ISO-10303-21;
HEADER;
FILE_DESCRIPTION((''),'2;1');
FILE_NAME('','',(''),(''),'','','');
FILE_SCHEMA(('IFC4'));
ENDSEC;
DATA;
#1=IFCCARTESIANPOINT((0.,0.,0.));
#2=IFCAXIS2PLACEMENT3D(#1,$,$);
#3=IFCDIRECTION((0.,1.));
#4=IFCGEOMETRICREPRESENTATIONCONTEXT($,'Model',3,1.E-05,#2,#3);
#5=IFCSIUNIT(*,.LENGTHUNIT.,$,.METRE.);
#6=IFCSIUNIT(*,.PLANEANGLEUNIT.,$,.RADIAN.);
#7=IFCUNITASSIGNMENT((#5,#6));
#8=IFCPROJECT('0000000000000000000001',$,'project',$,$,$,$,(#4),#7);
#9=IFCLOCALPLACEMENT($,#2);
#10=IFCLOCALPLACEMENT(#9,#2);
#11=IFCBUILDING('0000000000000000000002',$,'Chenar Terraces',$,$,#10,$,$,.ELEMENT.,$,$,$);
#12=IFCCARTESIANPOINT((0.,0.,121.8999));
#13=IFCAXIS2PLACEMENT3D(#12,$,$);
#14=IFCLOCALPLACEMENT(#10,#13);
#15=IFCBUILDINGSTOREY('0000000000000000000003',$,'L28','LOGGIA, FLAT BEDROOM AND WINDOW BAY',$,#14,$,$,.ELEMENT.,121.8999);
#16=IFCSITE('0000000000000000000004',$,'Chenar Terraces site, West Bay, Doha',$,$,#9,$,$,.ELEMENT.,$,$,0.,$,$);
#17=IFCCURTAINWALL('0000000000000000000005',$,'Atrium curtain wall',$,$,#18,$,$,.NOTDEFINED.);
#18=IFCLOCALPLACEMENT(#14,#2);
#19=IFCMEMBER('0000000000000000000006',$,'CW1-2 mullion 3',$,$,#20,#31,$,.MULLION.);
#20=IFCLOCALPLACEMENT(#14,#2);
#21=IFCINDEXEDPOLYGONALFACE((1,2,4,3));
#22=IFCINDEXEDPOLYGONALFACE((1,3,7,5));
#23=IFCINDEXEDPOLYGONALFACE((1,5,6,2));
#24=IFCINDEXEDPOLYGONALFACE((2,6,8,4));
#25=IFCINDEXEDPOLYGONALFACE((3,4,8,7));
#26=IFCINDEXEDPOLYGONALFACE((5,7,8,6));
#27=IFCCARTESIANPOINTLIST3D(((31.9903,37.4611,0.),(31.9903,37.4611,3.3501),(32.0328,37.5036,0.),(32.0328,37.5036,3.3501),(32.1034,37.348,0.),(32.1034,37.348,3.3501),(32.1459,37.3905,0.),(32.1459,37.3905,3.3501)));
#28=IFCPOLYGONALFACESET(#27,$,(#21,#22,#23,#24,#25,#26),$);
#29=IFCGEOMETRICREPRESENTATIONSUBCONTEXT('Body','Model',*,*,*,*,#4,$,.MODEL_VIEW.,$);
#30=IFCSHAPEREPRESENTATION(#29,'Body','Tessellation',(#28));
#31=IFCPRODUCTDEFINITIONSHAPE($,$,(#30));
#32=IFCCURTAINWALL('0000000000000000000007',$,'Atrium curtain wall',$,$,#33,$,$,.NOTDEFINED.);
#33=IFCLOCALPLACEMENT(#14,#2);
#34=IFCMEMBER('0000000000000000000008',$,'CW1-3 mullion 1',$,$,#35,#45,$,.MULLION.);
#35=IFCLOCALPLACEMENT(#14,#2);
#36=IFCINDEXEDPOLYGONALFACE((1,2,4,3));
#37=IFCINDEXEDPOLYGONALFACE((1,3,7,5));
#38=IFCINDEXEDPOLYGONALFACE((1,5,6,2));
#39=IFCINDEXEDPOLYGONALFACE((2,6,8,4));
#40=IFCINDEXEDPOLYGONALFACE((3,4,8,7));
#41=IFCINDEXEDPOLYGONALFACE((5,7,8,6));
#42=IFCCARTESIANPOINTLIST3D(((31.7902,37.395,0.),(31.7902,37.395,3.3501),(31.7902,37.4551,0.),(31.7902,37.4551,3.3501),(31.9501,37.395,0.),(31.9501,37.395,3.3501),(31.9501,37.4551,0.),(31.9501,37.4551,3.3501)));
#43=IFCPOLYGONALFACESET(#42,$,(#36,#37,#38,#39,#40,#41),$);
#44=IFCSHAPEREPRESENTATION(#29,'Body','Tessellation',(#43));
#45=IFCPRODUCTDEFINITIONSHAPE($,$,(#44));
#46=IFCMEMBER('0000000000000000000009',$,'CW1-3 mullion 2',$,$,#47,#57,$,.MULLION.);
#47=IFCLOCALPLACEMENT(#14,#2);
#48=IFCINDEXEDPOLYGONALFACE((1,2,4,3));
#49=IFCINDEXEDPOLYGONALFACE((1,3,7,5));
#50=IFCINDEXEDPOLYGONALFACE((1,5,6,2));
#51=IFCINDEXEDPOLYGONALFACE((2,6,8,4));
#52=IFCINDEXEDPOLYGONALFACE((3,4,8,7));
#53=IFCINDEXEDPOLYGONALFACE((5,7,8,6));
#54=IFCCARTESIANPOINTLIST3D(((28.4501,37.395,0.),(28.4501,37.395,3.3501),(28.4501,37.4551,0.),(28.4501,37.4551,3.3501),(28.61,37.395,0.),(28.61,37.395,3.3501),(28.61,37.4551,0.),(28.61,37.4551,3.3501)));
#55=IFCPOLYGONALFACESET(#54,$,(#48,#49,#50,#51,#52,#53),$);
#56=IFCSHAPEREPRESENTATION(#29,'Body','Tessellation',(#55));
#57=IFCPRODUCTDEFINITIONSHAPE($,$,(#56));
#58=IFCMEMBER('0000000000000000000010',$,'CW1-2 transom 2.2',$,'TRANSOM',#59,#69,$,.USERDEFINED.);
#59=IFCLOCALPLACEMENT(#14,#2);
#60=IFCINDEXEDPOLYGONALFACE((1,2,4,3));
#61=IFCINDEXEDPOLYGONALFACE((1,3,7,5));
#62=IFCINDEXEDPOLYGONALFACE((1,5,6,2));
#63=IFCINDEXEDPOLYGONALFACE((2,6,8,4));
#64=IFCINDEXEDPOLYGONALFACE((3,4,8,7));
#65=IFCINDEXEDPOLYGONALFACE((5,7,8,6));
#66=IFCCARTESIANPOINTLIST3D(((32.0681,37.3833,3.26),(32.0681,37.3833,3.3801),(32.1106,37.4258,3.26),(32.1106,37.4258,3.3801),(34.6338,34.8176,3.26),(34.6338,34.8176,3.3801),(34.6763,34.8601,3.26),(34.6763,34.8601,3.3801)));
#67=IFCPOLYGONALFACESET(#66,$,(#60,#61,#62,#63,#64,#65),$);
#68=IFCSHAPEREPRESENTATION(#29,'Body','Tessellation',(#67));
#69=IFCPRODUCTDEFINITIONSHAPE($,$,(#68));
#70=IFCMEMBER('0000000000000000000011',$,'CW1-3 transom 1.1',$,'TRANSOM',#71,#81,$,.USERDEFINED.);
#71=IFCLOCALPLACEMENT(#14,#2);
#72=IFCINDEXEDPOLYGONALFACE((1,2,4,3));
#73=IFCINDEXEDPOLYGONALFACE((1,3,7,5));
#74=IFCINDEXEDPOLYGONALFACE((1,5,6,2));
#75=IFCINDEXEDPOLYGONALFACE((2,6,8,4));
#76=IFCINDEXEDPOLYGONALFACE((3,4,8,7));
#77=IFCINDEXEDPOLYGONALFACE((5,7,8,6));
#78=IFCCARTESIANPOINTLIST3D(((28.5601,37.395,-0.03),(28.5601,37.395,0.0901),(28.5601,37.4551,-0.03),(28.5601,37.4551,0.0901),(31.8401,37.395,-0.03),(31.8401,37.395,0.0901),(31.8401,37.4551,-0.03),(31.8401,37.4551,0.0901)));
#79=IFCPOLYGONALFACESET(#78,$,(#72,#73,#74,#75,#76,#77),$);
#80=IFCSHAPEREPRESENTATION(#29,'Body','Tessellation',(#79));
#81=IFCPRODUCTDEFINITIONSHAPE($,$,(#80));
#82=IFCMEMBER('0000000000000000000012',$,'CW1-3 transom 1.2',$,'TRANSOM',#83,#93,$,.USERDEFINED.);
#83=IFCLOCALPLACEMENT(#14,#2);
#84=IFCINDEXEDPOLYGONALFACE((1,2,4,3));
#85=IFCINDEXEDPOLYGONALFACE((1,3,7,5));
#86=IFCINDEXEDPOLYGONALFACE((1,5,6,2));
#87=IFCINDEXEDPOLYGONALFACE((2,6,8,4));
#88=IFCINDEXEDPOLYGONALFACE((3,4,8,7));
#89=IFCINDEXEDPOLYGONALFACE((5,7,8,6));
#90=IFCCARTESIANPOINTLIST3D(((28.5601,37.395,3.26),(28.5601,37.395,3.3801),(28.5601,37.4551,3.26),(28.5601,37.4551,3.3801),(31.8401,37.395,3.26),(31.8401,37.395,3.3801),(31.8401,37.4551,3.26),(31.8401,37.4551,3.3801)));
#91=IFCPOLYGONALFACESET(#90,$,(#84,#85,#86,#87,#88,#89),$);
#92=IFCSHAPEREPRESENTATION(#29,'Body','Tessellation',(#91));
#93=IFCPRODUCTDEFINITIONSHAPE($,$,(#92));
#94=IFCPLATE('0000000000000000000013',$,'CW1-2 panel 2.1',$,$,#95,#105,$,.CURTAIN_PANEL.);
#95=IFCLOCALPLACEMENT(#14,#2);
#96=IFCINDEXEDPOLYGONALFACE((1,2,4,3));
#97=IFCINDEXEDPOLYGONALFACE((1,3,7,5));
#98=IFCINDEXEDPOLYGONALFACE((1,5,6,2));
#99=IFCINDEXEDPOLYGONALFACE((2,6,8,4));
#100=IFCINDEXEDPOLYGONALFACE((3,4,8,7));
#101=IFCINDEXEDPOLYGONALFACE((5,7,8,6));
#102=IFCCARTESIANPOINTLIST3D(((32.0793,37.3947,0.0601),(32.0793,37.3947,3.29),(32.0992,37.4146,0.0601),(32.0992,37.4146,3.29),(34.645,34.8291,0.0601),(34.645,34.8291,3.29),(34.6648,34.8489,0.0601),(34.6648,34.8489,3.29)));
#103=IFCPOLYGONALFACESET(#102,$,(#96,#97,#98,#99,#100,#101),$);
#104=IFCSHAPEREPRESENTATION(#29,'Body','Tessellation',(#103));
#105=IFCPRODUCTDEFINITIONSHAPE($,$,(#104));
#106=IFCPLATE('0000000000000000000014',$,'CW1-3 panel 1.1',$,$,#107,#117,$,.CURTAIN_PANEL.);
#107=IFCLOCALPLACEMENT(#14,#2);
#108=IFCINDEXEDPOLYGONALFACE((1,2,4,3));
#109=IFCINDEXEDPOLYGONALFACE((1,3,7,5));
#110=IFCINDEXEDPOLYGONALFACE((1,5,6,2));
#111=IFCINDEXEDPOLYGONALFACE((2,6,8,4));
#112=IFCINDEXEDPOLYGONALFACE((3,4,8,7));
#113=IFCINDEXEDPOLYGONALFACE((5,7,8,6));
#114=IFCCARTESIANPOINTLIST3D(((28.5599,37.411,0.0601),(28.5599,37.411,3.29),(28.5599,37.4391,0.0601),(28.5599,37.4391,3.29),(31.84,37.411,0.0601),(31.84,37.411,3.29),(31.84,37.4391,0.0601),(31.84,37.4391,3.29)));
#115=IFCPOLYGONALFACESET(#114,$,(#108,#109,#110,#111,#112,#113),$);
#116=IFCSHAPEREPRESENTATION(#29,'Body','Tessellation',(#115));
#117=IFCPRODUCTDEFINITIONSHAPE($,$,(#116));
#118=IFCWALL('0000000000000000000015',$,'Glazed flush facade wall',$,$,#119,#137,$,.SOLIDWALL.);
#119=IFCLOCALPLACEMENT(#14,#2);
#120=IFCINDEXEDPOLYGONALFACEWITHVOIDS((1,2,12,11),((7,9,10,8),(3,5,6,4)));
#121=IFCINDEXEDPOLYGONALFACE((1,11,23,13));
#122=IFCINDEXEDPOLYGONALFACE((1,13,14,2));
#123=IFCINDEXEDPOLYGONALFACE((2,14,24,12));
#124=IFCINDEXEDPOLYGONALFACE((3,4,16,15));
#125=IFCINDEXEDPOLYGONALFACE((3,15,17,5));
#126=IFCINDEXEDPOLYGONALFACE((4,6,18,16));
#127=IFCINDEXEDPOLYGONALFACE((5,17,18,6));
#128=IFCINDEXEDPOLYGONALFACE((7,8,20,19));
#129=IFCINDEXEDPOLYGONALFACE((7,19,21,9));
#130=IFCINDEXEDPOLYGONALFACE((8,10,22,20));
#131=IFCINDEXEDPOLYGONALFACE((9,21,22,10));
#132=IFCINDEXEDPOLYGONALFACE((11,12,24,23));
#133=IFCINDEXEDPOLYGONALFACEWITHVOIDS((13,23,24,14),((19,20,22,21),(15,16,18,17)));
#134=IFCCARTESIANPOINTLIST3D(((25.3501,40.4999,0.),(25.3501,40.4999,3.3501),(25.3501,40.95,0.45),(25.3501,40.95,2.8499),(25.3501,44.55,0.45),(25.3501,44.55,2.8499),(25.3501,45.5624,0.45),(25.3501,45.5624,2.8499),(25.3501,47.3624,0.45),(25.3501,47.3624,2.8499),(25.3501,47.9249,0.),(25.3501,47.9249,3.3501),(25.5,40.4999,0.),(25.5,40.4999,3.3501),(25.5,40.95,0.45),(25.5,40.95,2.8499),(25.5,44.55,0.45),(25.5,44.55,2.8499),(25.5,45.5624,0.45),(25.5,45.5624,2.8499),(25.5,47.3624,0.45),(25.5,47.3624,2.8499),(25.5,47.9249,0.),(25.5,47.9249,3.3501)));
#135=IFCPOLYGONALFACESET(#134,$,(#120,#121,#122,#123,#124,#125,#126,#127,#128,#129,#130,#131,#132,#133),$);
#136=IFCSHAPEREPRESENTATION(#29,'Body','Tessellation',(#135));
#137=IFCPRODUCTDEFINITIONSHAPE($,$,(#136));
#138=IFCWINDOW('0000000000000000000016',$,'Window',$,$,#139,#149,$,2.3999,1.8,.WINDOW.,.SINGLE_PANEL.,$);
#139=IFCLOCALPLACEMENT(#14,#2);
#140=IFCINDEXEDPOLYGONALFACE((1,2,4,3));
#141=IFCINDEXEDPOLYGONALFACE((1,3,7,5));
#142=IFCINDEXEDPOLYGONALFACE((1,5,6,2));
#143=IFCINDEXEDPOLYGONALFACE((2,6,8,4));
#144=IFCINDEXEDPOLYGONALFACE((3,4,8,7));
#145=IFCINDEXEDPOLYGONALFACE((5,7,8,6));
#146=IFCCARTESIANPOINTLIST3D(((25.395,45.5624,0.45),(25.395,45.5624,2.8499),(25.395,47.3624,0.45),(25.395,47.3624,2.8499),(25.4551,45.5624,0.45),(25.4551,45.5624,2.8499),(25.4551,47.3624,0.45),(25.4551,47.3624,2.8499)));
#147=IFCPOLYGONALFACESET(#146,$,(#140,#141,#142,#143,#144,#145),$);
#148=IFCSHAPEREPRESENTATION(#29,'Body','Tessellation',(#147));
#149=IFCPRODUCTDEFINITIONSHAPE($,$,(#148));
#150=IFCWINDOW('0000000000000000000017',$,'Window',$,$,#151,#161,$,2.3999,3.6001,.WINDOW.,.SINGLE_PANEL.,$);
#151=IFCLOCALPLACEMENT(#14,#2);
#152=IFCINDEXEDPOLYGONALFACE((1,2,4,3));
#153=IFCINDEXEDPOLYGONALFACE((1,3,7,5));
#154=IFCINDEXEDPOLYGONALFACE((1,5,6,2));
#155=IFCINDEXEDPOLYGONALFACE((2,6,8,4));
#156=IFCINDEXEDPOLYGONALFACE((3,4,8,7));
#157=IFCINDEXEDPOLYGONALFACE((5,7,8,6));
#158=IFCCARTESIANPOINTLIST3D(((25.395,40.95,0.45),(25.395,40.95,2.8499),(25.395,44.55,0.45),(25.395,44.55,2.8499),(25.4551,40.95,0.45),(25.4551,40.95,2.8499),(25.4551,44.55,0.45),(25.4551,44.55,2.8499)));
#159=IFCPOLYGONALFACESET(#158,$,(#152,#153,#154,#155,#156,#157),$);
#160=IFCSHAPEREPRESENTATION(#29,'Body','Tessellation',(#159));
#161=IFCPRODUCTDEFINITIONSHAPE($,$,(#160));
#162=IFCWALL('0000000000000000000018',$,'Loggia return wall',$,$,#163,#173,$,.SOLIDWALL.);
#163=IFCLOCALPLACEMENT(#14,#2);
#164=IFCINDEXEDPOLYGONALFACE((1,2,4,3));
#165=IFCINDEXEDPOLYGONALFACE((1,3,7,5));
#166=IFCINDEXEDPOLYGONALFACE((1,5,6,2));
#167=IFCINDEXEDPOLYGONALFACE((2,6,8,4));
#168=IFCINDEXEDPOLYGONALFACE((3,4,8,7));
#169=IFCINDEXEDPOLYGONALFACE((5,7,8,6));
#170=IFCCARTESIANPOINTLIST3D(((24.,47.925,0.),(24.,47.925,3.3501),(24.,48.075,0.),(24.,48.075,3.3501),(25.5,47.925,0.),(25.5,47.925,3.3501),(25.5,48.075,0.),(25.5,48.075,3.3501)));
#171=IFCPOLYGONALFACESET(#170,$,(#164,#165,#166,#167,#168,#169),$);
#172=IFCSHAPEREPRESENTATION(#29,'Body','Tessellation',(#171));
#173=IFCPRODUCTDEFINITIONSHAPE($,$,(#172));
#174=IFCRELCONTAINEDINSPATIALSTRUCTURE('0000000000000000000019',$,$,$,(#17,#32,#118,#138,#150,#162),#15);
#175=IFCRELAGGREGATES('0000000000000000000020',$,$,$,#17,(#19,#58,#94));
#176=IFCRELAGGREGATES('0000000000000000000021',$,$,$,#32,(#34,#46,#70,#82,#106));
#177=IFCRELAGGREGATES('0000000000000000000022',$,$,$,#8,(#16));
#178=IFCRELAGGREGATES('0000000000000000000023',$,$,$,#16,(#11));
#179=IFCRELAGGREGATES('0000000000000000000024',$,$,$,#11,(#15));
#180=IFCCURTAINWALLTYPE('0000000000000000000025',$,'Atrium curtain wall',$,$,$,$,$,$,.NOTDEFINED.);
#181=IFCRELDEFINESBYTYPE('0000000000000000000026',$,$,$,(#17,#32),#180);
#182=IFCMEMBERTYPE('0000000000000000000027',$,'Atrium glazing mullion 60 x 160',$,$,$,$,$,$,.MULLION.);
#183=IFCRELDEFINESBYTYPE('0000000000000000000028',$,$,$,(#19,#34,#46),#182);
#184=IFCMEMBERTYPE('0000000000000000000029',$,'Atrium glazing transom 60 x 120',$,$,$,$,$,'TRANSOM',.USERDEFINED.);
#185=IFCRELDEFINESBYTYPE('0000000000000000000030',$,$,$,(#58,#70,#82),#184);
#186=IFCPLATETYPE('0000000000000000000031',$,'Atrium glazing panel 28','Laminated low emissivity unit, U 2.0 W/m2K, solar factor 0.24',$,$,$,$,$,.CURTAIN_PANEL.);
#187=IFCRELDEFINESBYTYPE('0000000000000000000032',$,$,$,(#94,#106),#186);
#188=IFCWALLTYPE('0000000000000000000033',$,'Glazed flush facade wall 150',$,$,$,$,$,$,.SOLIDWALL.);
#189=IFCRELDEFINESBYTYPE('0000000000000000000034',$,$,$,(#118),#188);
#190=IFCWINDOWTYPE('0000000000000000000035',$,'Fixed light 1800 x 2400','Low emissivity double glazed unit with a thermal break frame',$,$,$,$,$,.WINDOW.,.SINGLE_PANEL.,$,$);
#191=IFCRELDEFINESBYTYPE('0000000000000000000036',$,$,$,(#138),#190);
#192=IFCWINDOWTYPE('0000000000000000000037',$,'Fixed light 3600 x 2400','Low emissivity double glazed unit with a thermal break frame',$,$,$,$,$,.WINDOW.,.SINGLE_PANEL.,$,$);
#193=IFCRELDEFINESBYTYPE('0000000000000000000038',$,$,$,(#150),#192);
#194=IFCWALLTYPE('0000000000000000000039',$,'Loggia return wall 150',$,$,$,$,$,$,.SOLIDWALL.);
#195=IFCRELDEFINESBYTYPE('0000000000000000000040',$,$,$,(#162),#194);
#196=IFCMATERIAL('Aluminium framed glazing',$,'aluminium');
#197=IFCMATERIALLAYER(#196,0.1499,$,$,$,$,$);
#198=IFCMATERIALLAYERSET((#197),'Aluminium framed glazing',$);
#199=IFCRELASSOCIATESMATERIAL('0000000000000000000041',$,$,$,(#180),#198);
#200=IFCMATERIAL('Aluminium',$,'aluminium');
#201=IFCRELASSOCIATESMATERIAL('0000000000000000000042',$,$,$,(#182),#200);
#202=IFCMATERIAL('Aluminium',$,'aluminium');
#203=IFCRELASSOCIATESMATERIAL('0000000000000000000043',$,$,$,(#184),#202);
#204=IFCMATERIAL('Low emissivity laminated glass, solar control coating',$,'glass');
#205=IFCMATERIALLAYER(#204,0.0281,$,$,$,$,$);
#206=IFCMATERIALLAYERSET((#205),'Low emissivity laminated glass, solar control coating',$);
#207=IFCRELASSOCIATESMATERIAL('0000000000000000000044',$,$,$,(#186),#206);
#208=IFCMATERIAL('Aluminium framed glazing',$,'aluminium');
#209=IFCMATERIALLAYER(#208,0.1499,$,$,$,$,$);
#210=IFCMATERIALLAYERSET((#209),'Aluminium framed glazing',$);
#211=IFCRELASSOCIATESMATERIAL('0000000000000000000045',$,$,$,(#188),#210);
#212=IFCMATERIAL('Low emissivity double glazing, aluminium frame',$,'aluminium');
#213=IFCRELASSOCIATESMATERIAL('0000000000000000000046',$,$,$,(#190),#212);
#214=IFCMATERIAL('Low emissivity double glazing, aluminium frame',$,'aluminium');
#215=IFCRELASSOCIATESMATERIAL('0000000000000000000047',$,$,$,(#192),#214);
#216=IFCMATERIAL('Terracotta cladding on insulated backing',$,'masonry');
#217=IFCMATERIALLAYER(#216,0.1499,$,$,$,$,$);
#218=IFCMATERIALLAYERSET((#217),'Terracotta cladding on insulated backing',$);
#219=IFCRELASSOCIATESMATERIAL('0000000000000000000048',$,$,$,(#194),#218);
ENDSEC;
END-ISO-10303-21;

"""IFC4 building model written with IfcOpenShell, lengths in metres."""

from ifc_helpers import new_model, si_unit, direction, frame, frame_2d, origin, origin_2d, place, context, subcontext, project, spatial, rectangle, extrude, material, layer, layer_set, material_profile, profile_set, type_object, element, fill, aggregate, save


model = new_model("IFC4")

# Units and contexts
model_context = context("Model", 3, precision=1e-05, world=origin(), true_north=direction((0.0, 1.0)))
body_context = subcontext(model_context, "Body", "Model", "MODEL_VIEW")
ifc_project = project(units=[si_unit("LENGTHUNIT", "METRE"), si_unit("PLANEANGLEUNIT", "RADIAN")], contexts=[model_context])

# Site, building, storey
site_placement = place(None, origin())
site = spatial("IfcSite", under=ifc_project, at=site_placement, Name="Chenar Terraces site, West Bay, Doha", CompositionType="ELEMENT", RefElevation=0.0)
building_placement = place(site_placement, origin())
building = spatial("IfcBuilding", under=site, at=building_placement, Name="Chenar Terraces", CompositionType="ELEMENT")
storey_placement = place(building_placement, frame((0.0, 0.0, 121.8999)))
storey = spatial("IfcBuildingStorey", under=building, at=storey_placement, Name="L28", Description="LOGGIA, FLAT BEDROOM AND WINDOW BAY", CompositionType="ELEMENT", Elevation=121.8999)

# Curtain wall, member
ifc_material_1 = material(Name="Aluminium framed glazing", Category="aluminium")
ifc_layer_1 = layer(ifc_material_1, 0.1499)
ifc_layer_set_1 = layer_set([ifc_layer_1], Name="Aluminium framed glazing")
curtain_wall_type = type_object("IfcCurtainWallType", Name="Atrium curtain wall", PredefinedType="NOTDEFINED", material=ifc_layer_set_1)
placement = place(storey_placement, origin())
curtain_wall_1 = element("IfcCurtainWall", 1, at=placement, inside=storey, type_object=curtain_wall_type, Name="Atrium curtain wall", PredefinedType="NOTDEFINED")
ifc_material_2 = material(Name="Aluminium", Category="aluminium")
ifc_material_profile_1 = material_profile(ifc_material_2, rectangle(XDim=0.0601, YDim=0.1599, at=origin_2d()), Name="Atrium glazing mullion 60 x 160")
ifc_profile_set_1 = profile_set([ifc_material_profile_1], Name="Aluminium")
member_type_1 = type_object("IfcMemberType", Name="Atrium glazing mullion 60 x 160", PredefinedType="MULLION", material=ifc_profile_set_1)
member_1_placement = place(storey_placement, frame((32.0681, 37.4258, 0.0), z_axis=(0.0, 0.0, 1.0), x_axis=(-0.707107, -0.707107, 0.0)))
member_1 = element("IfcMember", 2, at=member_1_placement, type_object=member_type_1, Name="CW1-2 mullion 3", PredefinedType="MULLION", context=body_context, shape_type="SweptSolid", body=[
    extrude(rectangle(XDim=0.0601, YDim=0.1599, at=origin_2d()), origin(), (0.0, 0.0, 1.0), 3.3501),
])

# Curtain wall, members
curtain_wall_2 = element("IfcCurtainWall", 3, at=placement, inside=storey, type_object=curtain_wall_type, Name="Atrium curtain wall", PredefinedType="NOTDEFINED")
member_2_placement = place(storey_placement, frame((31.8701, 37.425, 0.0), z_axis=(0.0, 0.0, 1.0), x_axis=(0.0, -1.0, 0.0)))
member_2 = element("IfcMember", 4, at=member_2_placement, type_object=member_type_1, Name="CW1-3 mullion 1", PredefinedType="MULLION", context=body_context, shape_type="SweptSolid", body=[
    extrude(rectangle(XDim=0.0601, YDim=0.1599, at=origin_2d()), origin(), (0.0, 0.0, 1.0), 3.3501),
])
member_3_placement = place(storey_placement, frame((28.53, 37.425, 0.0), z_axis=(0.0, 0.0, 1.0), x_axis=(0.0, -1.0, 0.0)))
member_3 = element("IfcMember", 5, at=member_3_placement, type_object=member_type_1, Name="CW1-3 mullion 2", PredefinedType="MULLION", context=body_context, shape_type="SweptSolid", body=[
    extrude(rectangle(XDim=0.0601, YDim=0.1599, at=origin_2d()), origin(), (0.0, 0.0, 1.0), 3.3501),
])

# Members
ifc_material_3 = material(Name="Aluminium", Category="aluminium")
ifc_material_profile_2 = material_profile(ifc_material_3, rectangle(XDim=0.0601, YDim=0.1201, at=origin_2d()), Name="Atrium glazing transom 60 x 120")
ifc_profile_set_2 = profile_set([ifc_material_profile_2], Name="Aluminium")
member_type_2 = type_object("IfcMemberType", Name="Atrium glazing transom 60 x 120", ElementType="TRANSOM", PredefinedType="USERDEFINED", material=ifc_profile_set_2)
member_4_placement = place(storey_placement, frame((34.655, 34.8389, 3.3201), z_axis=(-0.707107, 0.707107, 0.0), x_axis=(-0.707107, -0.707107, 0.0)))
member_4 = element("IfcMember", 6, at=member_4_placement, type_object=member_type_2, Name="CW1-2 transom 2.2", ObjectType="TRANSOM", PredefinedType="USERDEFINED", context=body_context, shape_type="SweptSolid", body=[
    extrude(rectangle(XDim=0.0601, YDim=0.1201, at=origin_2d()), origin(), (0.0, 0.0, 1.0), 3.6284),
])
member_5_placement = place(storey_placement, frame((31.8401, 37.425, 0.03), z_axis=(-1.0, 0.0, 0.0), x_axis=(0.0, -1.0, 0.0)))
member_5 = element("IfcMember", 7, at=member_5_placement, type_object=member_type_2, Name="CW1-3 transom 1.1", ObjectType="TRANSOM", PredefinedType="USERDEFINED", context=body_context, shape_type="SweptSolid", body=[
    extrude(rectangle(XDim=0.0601, YDim=0.1201, at=origin_2d()), origin(), (0.0, 0.0, 1.0), 3.28),
])
member_6_placement = place(storey_placement, frame((31.8401, 37.425, 3.3201), z_axis=(-1.0, 0.0, 0.0), x_axis=(0.0, -1.0, 0.0)))
member_6 = element("IfcMember", 8, at=member_6_placement, type_object=member_type_2, Name="CW1-3 transom 1.2", ObjectType="TRANSOM", PredefinedType="USERDEFINED", context=body_context, shape_type="SweptSolid", body=[
    extrude(rectangle(XDim=0.0601, YDim=0.1201, at=origin_2d()), origin(), (0.0, 0.0, 1.0), 3.28),
])

# Plates
ifc_material_4 = material(Name="Low emissivity laminated glass, solar control coating", Category="glass")
ifc_layer_2 = layer(ifc_material_4, 0.0281)
ifc_layer_set_2 = layer_set([ifc_layer_2], Name="Low emissivity laminated glass, solar control coating")
plate_type = type_object("IfcPlateType", Name="Atrium glazing panel 28", Description="Laminated low emissivity unit, U 2.0 W/m2K, solar factor 0.24", PredefinedType="CURTAIN_PANEL", material=ifc_layer_set_2)
plate_1_placement = place(storey_placement, frame((33.3721, 36.1218, 0.0601), z_axis=(0.0, 0.0, 1.0), x_axis=(-0.707107, 0.707107, 0.0)))
plate_1 = element("IfcPlate", 9, at=plate_1_placement, type_object=plate_type, Name="CW1-2 panel 2.1", PredefinedType="CURTAIN_PANEL", context=body_context, shape_type="SweptSolid", body=[
    extrude(rectangle(XDim=3.6284, YDim=0.0281, at=origin_2d()), origin(), (0.0, 0.0, 1.0), 3.23),
])
aggregate(curtain_wall_1, [member_1, member_4, plate_1])
plate_2_placement = place(storey_placement, frame((30.2, 37.425, 0.0601), z_axis=(0.0, 0.0, 1.0), x_axis=(-1.0, 0.0, 0.0)))
plate_2 = element("IfcPlate", 10, at=plate_2_placement, type_object=plate_type, Name="CW1-3 panel 1.1", PredefinedType="CURTAIN_PANEL", context=body_context, shape_type="SweptSolid", body=[
    extrude(rectangle(XDim=3.28, YDim=0.0281, at=origin_2d()), origin(), (0.0, 0.0, 1.0), 3.23),
])
aggregate(curtain_wall_2, [member_2, member_3, member_5, member_6, plate_2])

# Wall, openings, windows
ifc_material_5 = material(Name="Aluminium framed glazing", Category="aluminium")
ifc_layer_3 = layer(ifc_material_5, 0.1499)
ifc_layer_set_3 = layer_set([ifc_layer_3], Name="Aluminium framed glazing")
wall_type_1 = type_object("IfcWallType", Name="Glazed flush facade wall 150", PredefinedType="SOLIDWALL", material=ifc_layer_set_3)
wall_1_placement = place(storey_placement, frame((25.425, 40.5, 0.0), z_axis=(0.0, 0.0, 1.0), x_axis=(0.0, 1.0, 0.0)))
wall_1 = element("IfcWall", 11, at=wall_1_placement, inside=storey, type_object=wall_type_1, Name="Glazed flush facade wall", PredefinedType="SOLIDWALL", context=body_context, shape_type="SweptSolid", body=[
    extrude(rectangle(XDim=7.425, YDim=0.1499, at=frame_2d((3.7124, 0.0))), origin(), (0.0, 0.0, 1.0), 3.3501),
])
opening_1_placement = place(wall_1_placement, frame((0.45, 0.0, 0.45)))
opening_1 = element("IfcOpeningElement", 12, at=opening_1_placement, cuts=wall_1, PredefinedType="OPENING", context=body_context, shape_type="SweptSolid", body=[
    extrude(rectangle(XDim=3.6001, YDim=2.3999, at=frame_2d((1.8, 1.2))), frame((0.0, 0.085, 0.0), z_axis=(0.0, -1.0, 0.0), x_axis=(1.0, 0.0, 0.0)), (0.0, 0.0, 1.0), 0.1699),
])
opening_2_placement = place(wall_1_placement, frame((5.0625, 0.0, 0.45)))
opening_2 = element("IfcOpeningElement", 13, at=opening_2_placement, cuts=wall_1, PredefinedType="OPENING", context=body_context, shape_type="SweptSolid", body=[
    extrude(rectangle(XDim=1.8, YDim=2.3999, at=frame_2d((0.8999, 1.2))), frame((0.0, 0.085, 0.0), z_axis=(0.0, -1.0, 0.0), x_axis=(1.0, 0.0, 0.0)), (0.0, 0.0, 1.0), 0.1699),
])
ifc_material_6 = material(Name="Low emissivity double glazing, aluminium frame", Category="aluminium")
window_type_1 = type_object("IfcWindowType", Name="Fixed light 1800 x 2400", Description="Low emissivity double glazed unit with a thermal break frame", PartitioningType="SINGLE_PANEL", PredefinedType="WINDOW", material=ifc_material_6)
window_1_placement = place(opening_2_placement, origin())
window_1 = element("IfcWindow", 14, at=window_1_placement, inside=storey, type_object=window_type_1, Name="Window", OverallHeight=2.3999, OverallWidth=1.8, PartitioningType="SINGLE_PANEL", PredefinedType="WINDOW", context=body_context, shape_type="SweptSolid", body=[
    extrude(rectangle(XDim=1.8, YDim=2.3999, at=frame_2d((0.8999, 1.2))), frame((0.0, 0.03, 0.0), z_axis=(0.0, -1.0, 0.0), x_axis=(1.0, 0.0, 0.0)), (0.0, 0.0, 1.0), 0.0601),
])
fill(opening_2, window_1)
ifc_material_7 = material(Name="Low emissivity double glazing, aluminium frame", Category="aluminium")
window_type_2 = type_object("IfcWindowType", Name="Fixed light 3600 x 2400", Description="Low emissivity double glazed unit with a thermal break frame", PartitioningType="SINGLE_PANEL", PredefinedType="WINDOW", material=ifc_material_7)
window_2_placement = place(opening_1_placement, origin())
window_2 = element("IfcWindow", 15, at=window_2_placement, inside=storey, type_object=window_type_2, Name="Window", OverallHeight=2.3999, OverallWidth=3.6001, PartitioningType="SINGLE_PANEL", PredefinedType="WINDOW", context=body_context, shape_type="SweptSolid", body=[
    extrude(rectangle(XDim=3.6001, YDim=2.3999, at=frame_2d((1.8, 1.2))), frame((0.0, 0.03, 0.0), z_axis=(0.0, -1.0, 0.0), x_axis=(1.0, 0.0, 0.0)), (0.0, 0.0, 1.0), 0.0601),
])
fill(opening_1, window_2)

# Wall
ifc_material_8 = material(Name="Terracotta cladding on insulated backing", Category="masonry")
ifc_layer_4 = layer(ifc_material_8, 0.1499)
ifc_layer_set_4 = layer_set([ifc_layer_4], Name="Terracotta cladding on insulated backing")
wall_type_2 = type_object("IfcWallType", Name="Loggia return wall 150", PredefinedType="SOLIDWALL", material=ifc_layer_set_4)
for number, where, z_axis, x_axis, name in (
    (16, (25.5, 48.0, 0.0), (0.0, 0.0, 1.0), (-1.0, 0.0, 0.0), "Loggia return wall"),
):
    element("IfcWall", number, at=place(storey_placement, frame(where, z_axis=z_axis, x_axis=x_axis)), inside=storey, type_object=wall_type_2, Name=name, PredefinedType="SOLIDWALL", context=body_context, shape_type="SweptSolid", body=[
        extrude(rectangle(XDim=1.5, YDim=0.1499, at=frame_2d((0.75, 0.0))), origin(), (0.0, 0.0, 1.0), 3.3501),
    ])

save(model, "model.ifc")
